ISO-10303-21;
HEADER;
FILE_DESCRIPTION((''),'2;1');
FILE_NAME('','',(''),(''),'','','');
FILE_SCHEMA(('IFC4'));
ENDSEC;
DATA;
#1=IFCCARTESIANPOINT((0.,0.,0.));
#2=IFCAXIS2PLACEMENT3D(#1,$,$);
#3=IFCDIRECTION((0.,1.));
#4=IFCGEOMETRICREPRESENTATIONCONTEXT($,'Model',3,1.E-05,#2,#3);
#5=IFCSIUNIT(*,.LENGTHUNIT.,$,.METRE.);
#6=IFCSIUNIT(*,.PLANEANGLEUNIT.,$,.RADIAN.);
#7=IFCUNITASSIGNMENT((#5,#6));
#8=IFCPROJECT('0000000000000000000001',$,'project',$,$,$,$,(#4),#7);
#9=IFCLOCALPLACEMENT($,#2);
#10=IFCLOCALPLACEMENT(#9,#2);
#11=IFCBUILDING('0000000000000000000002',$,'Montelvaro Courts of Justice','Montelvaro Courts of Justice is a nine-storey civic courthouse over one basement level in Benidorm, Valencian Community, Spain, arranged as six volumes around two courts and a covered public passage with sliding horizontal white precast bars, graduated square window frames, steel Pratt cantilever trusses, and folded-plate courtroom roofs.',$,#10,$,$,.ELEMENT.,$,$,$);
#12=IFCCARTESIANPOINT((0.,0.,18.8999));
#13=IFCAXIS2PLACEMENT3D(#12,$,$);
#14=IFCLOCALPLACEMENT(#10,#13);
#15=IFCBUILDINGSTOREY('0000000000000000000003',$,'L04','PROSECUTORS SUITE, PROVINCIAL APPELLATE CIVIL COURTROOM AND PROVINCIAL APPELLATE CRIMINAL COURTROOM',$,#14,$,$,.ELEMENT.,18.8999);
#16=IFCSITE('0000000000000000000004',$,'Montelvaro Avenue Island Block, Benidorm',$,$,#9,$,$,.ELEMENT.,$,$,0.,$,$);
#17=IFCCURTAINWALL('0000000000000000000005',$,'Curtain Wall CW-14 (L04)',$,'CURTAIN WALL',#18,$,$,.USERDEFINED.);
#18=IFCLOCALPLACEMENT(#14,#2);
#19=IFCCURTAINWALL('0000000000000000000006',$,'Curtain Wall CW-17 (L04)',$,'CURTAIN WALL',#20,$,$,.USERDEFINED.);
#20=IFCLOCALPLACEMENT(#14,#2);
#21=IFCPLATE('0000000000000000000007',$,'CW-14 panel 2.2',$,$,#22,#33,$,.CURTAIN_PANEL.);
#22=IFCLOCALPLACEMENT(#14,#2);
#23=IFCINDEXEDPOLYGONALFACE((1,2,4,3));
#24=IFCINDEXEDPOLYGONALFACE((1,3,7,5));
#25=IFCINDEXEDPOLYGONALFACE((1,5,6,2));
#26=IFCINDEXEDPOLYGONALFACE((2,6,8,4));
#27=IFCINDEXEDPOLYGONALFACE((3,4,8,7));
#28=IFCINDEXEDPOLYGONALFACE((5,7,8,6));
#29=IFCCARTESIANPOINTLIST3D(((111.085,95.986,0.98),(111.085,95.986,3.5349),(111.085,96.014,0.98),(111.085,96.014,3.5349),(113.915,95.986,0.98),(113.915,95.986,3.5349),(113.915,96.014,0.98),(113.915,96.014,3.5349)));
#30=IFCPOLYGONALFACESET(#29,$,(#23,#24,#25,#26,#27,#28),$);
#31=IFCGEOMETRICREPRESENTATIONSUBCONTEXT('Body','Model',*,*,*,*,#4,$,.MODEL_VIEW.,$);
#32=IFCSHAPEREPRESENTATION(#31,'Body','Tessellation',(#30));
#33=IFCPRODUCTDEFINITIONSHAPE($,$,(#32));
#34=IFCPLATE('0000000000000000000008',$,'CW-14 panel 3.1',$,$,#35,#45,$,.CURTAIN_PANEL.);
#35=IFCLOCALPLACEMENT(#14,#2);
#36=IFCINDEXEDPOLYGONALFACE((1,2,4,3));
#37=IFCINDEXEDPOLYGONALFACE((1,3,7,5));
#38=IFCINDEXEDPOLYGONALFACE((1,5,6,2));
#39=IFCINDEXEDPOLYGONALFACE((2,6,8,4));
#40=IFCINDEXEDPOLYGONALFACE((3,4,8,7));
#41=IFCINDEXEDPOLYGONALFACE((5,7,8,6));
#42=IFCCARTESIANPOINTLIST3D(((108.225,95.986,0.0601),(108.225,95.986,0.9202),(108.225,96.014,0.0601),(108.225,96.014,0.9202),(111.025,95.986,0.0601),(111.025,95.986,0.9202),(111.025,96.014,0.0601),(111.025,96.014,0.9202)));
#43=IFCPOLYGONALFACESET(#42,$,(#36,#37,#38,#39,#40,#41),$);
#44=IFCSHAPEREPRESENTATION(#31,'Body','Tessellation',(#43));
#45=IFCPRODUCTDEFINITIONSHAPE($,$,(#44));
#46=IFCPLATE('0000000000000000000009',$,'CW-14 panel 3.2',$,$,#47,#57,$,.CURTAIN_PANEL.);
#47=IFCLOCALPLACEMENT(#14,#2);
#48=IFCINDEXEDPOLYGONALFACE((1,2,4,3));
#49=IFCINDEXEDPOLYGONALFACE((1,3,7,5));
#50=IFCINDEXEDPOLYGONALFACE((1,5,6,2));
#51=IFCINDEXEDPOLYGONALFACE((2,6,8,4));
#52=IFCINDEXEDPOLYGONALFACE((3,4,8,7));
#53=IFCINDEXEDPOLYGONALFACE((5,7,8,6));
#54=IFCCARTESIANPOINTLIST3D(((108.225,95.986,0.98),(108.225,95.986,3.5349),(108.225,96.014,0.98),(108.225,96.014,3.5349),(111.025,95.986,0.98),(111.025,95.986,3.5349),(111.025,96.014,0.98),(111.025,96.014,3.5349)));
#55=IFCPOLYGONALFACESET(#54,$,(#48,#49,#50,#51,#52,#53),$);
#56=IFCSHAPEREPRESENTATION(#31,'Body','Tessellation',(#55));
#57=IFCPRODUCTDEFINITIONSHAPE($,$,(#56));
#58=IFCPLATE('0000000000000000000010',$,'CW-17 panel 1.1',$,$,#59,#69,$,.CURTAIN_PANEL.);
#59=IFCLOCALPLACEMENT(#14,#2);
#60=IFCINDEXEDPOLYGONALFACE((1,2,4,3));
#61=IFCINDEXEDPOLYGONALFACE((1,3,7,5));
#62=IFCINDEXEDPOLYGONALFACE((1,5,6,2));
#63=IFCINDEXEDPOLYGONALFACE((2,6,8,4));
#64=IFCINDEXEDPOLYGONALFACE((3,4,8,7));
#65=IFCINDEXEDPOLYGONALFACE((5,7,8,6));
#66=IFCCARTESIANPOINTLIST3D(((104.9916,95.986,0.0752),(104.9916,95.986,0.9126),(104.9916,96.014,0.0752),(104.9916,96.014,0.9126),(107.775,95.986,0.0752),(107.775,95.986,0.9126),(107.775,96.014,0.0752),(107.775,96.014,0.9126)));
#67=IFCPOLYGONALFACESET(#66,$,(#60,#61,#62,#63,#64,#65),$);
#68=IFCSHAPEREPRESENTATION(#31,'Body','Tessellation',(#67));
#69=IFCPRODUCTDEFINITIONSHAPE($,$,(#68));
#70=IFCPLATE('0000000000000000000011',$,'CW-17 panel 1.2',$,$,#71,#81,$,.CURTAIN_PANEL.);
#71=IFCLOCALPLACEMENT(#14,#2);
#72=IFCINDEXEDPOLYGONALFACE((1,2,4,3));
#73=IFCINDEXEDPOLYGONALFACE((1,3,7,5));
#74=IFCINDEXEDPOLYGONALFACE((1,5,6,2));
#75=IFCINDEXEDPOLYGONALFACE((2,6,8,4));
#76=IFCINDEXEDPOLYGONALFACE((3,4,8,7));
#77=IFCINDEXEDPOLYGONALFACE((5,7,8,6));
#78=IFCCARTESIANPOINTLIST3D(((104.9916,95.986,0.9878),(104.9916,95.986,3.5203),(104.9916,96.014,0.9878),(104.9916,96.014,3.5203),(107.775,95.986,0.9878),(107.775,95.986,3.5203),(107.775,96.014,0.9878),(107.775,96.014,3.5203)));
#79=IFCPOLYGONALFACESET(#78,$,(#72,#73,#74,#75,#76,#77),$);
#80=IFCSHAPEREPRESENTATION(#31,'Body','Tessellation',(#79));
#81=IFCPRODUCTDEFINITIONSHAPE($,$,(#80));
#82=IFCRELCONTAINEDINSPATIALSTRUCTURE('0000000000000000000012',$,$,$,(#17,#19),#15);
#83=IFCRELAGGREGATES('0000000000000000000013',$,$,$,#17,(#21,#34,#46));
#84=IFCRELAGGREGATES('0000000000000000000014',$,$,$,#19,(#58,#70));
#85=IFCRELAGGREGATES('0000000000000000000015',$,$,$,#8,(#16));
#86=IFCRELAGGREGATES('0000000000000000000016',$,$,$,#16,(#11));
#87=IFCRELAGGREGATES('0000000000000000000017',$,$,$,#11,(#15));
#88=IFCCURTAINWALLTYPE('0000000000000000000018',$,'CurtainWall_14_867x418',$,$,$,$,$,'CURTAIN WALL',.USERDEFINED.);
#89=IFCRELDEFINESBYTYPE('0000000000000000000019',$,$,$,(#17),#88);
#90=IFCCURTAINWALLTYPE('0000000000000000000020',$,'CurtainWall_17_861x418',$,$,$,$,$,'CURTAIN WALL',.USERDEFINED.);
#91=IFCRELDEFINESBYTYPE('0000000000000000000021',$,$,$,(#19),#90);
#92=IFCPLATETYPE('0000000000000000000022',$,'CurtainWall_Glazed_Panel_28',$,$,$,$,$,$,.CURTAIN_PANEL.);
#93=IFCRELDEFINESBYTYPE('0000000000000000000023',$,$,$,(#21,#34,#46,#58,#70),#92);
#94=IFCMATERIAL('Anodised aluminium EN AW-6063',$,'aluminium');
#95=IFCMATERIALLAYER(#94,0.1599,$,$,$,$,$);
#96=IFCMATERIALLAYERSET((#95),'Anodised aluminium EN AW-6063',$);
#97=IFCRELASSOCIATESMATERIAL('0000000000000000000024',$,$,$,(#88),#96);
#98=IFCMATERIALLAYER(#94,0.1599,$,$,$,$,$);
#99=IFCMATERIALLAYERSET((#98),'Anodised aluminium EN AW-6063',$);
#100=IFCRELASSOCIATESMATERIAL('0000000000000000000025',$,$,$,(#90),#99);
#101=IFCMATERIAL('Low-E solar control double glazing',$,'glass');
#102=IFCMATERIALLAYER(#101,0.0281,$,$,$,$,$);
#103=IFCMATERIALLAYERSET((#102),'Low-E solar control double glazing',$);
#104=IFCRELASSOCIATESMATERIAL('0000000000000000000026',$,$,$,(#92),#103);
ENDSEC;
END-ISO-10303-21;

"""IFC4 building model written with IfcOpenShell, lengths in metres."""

from ifc_helpers import new_model, si_unit, direction, frame, origin, origin_2d, place, context, subcontext, project, spatial, rectangle, extrude, material, layer, layer_set, type_object, element, aggregate, save


model = new_model("IFC4")

# Units and contexts
model_context = context("Model", 3, precision=1e-05, world=origin(), true_north=direction((0.0, 1.0)))
body_context = subcontext(model_context, "Body", "Model", "MODEL_VIEW")
ifc_project = project(units=[si_unit("LENGTHUNIT", "METRE"), si_unit("PLANEANGLEUNIT", "RADIAN")], contexts=[model_context])

# Site, building, storey
site_placement = place(None, origin())
site = spatial("IfcSite", under=ifc_project, at=site_placement, Name="Montelvaro Avenue Island Block, Benidorm", CompositionType="ELEMENT", RefElevation=0.0)
building_placement = place(site_placement, origin())
building = spatial("IfcBuilding", under=site, at=building_placement, Name="Montelvaro Courts of Justice", Description="Montelvaro Courts of Justice is a nine-storey civic courthouse over one basement level in Benidorm, Valencian Community, Spain, arranged as six volumes around two courts and a covered public passage with sliding horizontal white precast bars, graduated square window frames, steel Pratt cantilever trusses, and folded-plate courtroom roofs.", CompositionType="ELEMENT")
storey_placement = place(building_placement, frame((0.0, 0.0, 18.8999)))
storey = spatial("IfcBuildingStorey", under=building, at=storey_placement, Name="L04", Description="PROSECUTORS SUITE, PROVINCIAL APPELLATE CIVIL COURTROOM AND PROVINCIAL APPELLATE CRIMINAL COURTROOM", CompositionType="ELEMENT", Elevation=18.8999)

# Curtain wall
ifc_material_1 = material(Name="Anodised aluminium EN AW-6063", Category="aluminium")
ifc_layer_1 = layer(ifc_material_1, 0.1599)
ifc_layer_set_1 = layer_set([ifc_layer_1], Name="Anodised aluminium EN AW-6063")
curtain_wall_type_1 = type_object("IfcCurtainWallType", Name="CurtainWall_14_867x418", ElementType="CURTAIN WALL", PredefinedType="USERDEFINED", material=ifc_layer_set_1)
curtain_wall_1_placement = place(storey_placement, origin())
curtain_wall_1 = element("IfcCurtainWall", 1, at=curtain_wall_1_placement, inside=storey, type_object=curtain_wall_type_1, Name="Curtain Wall CW-14 (L04)", ObjectType="CURTAIN WALL", PredefinedType="USERDEFINED")

# Curtain wall
ifc_layer_2 = layer(ifc_material_1, 0.1599)
ifc_layer_set_2 = layer_set([ifc_layer_2], Name="Anodised aluminium EN AW-6063")
curtain_wall_type_2 = type_object("IfcCurtainWallType", Name="CurtainWall_17_861x418", ElementType="CURTAIN WALL", PredefinedType="USERDEFINED", material=ifc_layer_set_2)
curtain_wall_2_placement = place(storey_placement, origin())
curtain_wall_2 = element("IfcCurtainWall", 2, at=curtain_wall_2_placement, inside=storey, type_object=curtain_wall_type_2, Name="Curtain Wall CW-17 (L04)", ObjectType="CURTAIN WALL", PredefinedType="USERDEFINED")

# Plates
ifc_material_2 = material(Name="Low-E solar control double glazing", Category="glass")
ifc_layer_3 = layer(ifc_material_2, 0.0281)
ifc_layer_set_3 = layer_set([ifc_layer_3], Name="Low-E solar control double glazing")
plate_type = type_object("IfcPlateType", Name="CurtainWall_Glazed_Panel_28", PredefinedType="CURTAIN_PANEL", material=ifc_layer_set_3)
plate_1_placement = place(storey_placement, frame((112.5, 96.0, 0.98), z_axis=(0.0, 0.0, 1.0), x_axis=(-1.0, 0.0, 0.0)))
plate_1 = element("IfcPlate", 3, at=plate_1_placement, type_object=plate_type, Name="CW-14 panel 2.2", PredefinedType="CURTAIN_PANEL", context=body_context, shape_type="SweptSolid", body=[
    extrude(rectangle(XDim=2.8301, YDim=0.0281, at=origin_2d()), origin(), (0.0, 0.0, 1.0), 2.5549),
])
plate_2_placement = place(storey_placement, frame((109.625, 96.0, 0.0601), z_axis=(0.0, 0.0, 1.0), x_axis=(-1.0, 0.0, 0.0)))
plate_2 = element("IfcPlate", 4, at=plate_2_placement, type_object=plate_type, Name="CW-14 panel 3.1", PredefinedType="CURTAIN_PANEL", context=body_context, shape_type="SweptSolid", body=[
    extrude(rectangle(XDim=2.8, YDim=0.0281, at=origin_2d()), origin(), (0.0, 0.0, 1.0), 0.8601),
])
plate_3_placement = place(storey_placement, frame((109.625, 96.0, 0.98), z_axis=(0.0, 0.0, 1.0), x_axis=(-1.0, 0.0, 0.0)))
plate_3 = element("IfcPlate", 5, at=plate_3_placement, type_object=plate_type, Name="CW-14 panel 3.2", PredefinedType="CURTAIN_PANEL", context=body_context, shape_type="SweptSolid", body=[
    extrude(rectangle(XDim=2.8, YDim=0.0281, at=origin_2d()), origin(), (0.0, 0.0, 1.0), 2.5549),
])
aggregate(curtain_wall_1, [plate_1, plate_2, plate_3])
plate_4_placement = place(storey_placement, frame((106.3833, 96.0, 0.0752), z_axis=(0.0, 0.0, 1.0), x_axis=(-1.0, 0.0, 0.0)))
plate_4 = element("IfcPlate", 6, at=plate_4_placement, type_object=plate_type, Name="CW-17 panel 1.1", PredefinedType="CURTAIN_PANEL", context=body_context, shape_type="SweptSolid", body=[
    extrude(rectangle(XDim=2.7834, YDim=0.0281, at=origin_2d()), origin(), (0.0, 0.0, 1.0), 0.8374),
])
plate_5_placement = place(storey_placement, frame((106.3833, 96.0, 0.9878), z_axis=(0.0, 0.0, 1.0), x_axis=(-1.0, 0.0, 0.0)))
plate_5 = element("IfcPlate", 7, at=plate_5_placement, type_object=plate_type, Name="CW-17 panel 1.2", PredefinedType="CURTAIN_PANEL", context=body_context, shape_type="SweptSolid", body=[
    extrude(rectangle(XDim=2.7834, YDim=0.0281, at=origin_2d()), origin(), (0.0, 0.0, 1.0), 2.5325),
])
aggregate(curtain_wall_2, [plate_4, plate_5])

save(model, "model.ifc")
